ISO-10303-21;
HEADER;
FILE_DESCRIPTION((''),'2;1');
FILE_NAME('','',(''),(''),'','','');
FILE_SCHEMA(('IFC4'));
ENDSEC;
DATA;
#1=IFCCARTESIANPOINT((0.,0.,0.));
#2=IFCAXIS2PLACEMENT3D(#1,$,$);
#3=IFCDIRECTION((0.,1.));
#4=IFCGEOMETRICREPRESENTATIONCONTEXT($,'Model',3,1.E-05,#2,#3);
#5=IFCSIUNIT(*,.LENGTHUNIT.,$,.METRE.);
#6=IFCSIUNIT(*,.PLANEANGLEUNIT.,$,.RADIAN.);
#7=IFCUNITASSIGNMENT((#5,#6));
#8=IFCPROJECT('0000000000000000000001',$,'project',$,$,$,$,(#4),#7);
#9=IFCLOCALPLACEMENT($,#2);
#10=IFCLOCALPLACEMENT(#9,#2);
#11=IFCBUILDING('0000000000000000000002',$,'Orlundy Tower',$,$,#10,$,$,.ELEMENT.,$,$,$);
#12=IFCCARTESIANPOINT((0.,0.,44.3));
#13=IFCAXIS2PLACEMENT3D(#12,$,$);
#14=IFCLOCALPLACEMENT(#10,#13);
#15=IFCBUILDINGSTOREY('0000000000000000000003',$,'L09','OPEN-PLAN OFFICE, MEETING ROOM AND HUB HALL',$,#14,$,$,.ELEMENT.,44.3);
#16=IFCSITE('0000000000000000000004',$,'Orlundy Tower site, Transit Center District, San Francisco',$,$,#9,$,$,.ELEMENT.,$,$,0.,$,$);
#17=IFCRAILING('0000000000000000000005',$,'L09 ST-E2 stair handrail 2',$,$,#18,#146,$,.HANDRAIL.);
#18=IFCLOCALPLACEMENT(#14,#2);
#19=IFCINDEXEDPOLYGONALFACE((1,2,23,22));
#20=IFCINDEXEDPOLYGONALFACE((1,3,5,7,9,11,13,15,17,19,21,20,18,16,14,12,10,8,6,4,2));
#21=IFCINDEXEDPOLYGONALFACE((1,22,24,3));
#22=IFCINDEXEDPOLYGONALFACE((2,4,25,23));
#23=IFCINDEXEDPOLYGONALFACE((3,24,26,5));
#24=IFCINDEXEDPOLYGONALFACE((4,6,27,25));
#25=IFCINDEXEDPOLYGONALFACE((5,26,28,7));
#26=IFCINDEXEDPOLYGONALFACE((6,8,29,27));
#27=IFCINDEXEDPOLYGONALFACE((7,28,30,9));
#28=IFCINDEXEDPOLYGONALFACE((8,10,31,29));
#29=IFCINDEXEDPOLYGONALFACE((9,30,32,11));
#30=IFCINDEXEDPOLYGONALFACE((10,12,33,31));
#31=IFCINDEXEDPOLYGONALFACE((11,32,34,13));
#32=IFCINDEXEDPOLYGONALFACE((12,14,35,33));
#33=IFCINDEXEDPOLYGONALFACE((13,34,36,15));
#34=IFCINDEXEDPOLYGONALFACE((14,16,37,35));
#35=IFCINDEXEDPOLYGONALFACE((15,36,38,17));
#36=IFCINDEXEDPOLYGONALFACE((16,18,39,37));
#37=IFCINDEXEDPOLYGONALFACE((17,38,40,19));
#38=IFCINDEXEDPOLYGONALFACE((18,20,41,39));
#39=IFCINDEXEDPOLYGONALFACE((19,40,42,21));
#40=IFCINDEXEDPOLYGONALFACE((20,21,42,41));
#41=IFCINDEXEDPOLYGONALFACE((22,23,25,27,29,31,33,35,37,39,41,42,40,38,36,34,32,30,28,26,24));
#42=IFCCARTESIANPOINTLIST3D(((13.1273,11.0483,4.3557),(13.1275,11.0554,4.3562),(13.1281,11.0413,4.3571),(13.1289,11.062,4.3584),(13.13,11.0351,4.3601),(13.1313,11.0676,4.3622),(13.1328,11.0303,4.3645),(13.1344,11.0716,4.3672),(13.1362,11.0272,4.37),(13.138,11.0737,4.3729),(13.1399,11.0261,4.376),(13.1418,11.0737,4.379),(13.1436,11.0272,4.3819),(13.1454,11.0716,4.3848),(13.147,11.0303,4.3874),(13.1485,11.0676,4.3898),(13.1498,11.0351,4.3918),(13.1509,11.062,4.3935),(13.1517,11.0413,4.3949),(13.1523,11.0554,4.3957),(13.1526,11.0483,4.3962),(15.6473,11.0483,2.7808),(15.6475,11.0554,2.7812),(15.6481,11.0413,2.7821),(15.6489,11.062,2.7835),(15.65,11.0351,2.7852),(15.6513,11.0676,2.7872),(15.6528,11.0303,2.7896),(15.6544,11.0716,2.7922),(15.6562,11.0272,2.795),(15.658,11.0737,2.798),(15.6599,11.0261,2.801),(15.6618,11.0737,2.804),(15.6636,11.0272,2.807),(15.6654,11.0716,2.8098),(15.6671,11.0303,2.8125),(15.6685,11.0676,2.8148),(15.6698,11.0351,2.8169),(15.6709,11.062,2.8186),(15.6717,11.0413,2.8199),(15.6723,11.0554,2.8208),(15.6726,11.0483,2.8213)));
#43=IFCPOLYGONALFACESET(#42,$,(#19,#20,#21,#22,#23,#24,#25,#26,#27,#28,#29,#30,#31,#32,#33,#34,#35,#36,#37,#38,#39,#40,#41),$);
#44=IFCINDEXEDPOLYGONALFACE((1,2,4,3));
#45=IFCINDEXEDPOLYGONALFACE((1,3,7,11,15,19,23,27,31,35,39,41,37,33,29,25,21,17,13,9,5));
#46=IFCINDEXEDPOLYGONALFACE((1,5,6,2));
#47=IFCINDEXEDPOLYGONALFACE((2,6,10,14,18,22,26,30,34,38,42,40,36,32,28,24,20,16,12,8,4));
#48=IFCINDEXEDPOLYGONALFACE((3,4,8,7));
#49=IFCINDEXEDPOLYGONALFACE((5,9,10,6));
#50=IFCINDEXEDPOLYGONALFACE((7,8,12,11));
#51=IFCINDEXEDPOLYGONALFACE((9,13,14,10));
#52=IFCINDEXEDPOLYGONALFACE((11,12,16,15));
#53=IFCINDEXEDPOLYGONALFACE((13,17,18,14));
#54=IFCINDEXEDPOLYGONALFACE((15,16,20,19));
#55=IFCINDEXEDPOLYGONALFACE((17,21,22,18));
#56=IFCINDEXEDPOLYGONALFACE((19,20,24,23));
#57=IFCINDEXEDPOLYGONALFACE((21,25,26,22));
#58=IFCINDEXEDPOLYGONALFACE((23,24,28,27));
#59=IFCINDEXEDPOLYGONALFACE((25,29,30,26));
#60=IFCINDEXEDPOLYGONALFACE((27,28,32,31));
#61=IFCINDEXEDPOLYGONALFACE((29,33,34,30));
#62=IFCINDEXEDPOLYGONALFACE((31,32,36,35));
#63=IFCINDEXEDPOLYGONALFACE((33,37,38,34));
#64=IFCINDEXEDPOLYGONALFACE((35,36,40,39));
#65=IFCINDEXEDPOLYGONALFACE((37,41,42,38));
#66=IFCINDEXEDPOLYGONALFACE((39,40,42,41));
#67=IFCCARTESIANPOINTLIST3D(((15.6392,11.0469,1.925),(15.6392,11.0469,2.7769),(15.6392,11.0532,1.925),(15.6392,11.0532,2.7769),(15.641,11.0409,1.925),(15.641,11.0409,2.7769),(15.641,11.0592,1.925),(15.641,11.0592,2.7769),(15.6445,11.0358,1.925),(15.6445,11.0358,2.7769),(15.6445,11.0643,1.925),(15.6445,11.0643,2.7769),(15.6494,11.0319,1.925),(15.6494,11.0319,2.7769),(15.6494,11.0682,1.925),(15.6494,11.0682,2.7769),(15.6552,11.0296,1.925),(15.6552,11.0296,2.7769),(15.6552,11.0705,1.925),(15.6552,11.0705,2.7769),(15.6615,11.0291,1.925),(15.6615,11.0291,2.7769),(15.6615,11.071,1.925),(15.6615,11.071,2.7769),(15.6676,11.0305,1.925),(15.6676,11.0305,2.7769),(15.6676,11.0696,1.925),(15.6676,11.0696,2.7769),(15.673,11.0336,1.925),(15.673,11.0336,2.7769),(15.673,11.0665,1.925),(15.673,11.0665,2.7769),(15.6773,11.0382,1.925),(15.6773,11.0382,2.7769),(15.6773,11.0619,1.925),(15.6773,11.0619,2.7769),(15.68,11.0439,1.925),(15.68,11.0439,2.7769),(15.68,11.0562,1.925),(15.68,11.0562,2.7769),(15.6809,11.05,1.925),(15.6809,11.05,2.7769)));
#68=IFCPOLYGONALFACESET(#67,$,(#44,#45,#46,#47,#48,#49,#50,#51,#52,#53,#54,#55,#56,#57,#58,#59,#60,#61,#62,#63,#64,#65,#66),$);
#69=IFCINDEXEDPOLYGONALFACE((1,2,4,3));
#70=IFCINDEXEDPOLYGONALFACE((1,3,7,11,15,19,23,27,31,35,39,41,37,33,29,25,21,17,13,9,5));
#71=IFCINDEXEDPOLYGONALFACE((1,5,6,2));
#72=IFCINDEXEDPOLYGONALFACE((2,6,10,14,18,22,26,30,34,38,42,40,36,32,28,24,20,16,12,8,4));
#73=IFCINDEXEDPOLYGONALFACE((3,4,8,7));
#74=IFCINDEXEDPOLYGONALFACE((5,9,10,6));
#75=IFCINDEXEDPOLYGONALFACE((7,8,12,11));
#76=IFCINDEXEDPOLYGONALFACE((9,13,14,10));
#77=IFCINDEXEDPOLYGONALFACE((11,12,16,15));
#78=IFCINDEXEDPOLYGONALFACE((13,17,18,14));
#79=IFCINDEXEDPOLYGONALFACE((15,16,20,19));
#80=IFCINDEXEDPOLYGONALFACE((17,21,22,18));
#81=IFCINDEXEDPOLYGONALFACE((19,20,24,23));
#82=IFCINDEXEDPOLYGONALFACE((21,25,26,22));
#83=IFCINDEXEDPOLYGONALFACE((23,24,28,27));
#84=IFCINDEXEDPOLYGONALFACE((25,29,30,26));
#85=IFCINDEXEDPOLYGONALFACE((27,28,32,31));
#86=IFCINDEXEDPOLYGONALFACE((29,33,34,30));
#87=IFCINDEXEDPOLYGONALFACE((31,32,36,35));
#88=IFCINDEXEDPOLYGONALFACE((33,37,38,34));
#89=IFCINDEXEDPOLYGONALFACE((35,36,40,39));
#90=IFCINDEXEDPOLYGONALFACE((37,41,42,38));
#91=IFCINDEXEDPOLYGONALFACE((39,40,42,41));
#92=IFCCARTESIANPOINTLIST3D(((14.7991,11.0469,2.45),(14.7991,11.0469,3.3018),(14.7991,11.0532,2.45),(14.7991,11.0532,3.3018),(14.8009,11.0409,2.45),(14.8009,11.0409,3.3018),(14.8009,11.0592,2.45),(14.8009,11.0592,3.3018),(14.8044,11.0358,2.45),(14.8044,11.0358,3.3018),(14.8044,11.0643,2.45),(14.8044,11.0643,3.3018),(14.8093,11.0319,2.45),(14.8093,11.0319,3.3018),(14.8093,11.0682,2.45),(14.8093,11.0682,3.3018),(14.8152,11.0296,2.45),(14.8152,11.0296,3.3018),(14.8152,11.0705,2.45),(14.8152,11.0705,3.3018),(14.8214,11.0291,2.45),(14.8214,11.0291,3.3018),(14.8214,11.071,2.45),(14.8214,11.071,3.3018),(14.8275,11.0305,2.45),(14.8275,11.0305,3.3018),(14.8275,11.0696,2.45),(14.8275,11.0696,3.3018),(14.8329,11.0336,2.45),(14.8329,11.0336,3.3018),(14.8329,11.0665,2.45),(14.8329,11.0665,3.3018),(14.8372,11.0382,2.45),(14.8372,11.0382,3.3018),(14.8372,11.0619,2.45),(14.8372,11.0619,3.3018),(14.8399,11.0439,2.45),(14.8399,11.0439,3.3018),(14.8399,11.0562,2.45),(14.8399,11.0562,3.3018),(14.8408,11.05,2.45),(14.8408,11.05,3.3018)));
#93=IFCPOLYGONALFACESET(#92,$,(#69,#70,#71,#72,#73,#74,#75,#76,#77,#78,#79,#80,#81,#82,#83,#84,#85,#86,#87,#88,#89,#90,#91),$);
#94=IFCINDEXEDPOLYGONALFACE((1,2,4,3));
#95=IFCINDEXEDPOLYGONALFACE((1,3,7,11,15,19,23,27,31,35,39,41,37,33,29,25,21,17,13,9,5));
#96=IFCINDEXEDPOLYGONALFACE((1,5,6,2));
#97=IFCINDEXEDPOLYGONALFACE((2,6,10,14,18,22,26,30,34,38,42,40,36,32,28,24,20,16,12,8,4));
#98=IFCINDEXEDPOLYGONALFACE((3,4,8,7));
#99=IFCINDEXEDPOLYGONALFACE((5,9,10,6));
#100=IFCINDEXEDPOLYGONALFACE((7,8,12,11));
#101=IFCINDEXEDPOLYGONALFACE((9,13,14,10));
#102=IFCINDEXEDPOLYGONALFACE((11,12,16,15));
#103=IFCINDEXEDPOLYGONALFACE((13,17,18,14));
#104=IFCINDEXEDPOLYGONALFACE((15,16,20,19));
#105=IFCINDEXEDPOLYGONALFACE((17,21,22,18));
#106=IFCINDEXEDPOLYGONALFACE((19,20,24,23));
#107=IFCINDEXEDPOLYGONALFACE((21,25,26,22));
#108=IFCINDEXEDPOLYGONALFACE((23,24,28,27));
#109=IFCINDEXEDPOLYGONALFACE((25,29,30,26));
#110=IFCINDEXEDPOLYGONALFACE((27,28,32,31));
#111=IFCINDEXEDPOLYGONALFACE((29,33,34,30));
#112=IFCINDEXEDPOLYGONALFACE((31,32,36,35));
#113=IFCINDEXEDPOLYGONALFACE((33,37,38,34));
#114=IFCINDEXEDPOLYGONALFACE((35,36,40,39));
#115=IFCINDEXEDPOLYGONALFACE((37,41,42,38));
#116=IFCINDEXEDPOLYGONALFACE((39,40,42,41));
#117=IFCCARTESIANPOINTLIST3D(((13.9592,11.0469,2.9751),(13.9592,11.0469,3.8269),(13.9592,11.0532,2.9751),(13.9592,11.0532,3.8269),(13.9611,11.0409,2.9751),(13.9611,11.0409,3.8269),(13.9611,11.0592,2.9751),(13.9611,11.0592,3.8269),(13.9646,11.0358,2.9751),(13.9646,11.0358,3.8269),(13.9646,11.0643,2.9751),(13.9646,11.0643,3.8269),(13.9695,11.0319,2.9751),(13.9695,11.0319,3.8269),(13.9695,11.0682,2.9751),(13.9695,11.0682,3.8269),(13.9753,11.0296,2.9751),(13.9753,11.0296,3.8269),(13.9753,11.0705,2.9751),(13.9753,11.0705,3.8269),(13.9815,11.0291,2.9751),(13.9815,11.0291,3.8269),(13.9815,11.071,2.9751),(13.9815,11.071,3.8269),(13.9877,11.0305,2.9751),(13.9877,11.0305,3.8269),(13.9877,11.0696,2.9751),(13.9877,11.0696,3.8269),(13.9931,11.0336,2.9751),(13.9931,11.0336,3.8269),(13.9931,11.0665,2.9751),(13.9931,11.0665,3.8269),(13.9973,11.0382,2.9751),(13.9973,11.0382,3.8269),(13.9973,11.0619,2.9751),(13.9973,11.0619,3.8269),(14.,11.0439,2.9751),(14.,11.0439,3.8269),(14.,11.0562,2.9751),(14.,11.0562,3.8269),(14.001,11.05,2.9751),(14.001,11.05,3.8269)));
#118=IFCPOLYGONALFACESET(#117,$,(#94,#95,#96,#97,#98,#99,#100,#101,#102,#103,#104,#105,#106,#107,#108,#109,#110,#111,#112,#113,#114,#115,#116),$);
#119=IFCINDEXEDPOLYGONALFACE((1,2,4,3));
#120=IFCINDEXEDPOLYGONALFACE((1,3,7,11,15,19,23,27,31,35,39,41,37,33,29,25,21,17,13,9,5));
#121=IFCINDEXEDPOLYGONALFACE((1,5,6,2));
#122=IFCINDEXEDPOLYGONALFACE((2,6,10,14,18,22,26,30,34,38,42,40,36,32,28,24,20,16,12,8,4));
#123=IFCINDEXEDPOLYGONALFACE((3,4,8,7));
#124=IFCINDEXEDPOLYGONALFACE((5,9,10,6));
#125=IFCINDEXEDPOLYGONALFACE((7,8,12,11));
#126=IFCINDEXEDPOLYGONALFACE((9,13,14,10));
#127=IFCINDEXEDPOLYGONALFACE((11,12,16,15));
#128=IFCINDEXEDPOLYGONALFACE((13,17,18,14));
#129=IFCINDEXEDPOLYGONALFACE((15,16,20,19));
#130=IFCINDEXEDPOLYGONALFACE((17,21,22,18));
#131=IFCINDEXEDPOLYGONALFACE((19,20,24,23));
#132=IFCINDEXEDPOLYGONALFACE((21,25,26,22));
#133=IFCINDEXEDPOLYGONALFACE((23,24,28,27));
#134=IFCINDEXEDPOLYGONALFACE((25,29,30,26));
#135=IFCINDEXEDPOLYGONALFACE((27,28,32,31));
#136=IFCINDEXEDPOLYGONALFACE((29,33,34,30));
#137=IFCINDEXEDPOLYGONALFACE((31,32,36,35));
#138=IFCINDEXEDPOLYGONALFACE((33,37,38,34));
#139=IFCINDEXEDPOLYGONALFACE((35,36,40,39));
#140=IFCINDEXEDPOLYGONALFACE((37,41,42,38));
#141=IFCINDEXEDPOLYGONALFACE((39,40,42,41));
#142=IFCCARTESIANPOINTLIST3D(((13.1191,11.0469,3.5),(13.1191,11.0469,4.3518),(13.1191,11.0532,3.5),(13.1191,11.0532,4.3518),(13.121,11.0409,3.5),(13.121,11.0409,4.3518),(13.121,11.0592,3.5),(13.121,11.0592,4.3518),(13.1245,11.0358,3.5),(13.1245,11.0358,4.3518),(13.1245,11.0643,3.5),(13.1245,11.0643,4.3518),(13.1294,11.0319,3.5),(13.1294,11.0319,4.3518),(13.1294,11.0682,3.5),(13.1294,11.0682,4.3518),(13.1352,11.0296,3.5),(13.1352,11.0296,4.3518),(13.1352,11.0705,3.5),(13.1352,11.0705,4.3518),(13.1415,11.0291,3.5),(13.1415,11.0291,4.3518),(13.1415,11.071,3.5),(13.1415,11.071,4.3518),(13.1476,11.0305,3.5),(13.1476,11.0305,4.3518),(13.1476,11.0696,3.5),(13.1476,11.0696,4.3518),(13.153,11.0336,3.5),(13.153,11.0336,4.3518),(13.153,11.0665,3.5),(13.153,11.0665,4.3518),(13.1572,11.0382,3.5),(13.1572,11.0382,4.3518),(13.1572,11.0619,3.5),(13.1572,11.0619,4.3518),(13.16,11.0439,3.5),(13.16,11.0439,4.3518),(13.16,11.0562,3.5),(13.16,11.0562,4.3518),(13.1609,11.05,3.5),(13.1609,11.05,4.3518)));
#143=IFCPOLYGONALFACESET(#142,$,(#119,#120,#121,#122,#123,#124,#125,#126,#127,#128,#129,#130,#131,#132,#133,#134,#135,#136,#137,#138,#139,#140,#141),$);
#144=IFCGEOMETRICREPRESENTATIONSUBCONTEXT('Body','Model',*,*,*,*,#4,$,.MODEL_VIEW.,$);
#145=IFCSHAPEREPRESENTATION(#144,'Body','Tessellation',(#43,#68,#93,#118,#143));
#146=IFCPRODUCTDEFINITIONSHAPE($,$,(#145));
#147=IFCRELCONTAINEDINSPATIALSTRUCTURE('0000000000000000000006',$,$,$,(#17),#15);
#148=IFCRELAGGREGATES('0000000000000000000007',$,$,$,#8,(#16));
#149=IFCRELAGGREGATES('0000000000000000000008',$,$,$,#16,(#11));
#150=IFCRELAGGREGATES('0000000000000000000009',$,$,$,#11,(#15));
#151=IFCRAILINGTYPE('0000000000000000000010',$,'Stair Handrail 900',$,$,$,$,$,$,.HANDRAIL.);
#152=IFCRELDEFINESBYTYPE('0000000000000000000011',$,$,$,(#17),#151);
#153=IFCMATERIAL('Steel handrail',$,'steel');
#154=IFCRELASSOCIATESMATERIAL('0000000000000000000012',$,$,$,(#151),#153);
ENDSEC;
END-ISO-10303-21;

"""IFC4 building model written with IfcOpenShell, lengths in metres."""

from ifc_helpers import new_model, si_unit, direction, frame, origin, origin_2d, place, context, subcontext, project, spatial, circle, extrude, material, type_object, element, save


model = new_model("IFC4")

# Units and contexts
model_context = context("Model", 3, precision=1e-05, world=origin(), true_north=direction((0.0, 1.0)))
body_context = subcontext(model_context, "Body", "Model", "MODEL_VIEW")
ifc_project = project(units=[si_unit("LENGTHUNIT", "METRE"), si_unit("PLANEANGLEUNIT", "RADIAN")], contexts=[model_context])

# Site, building, storey
site_placement = place(None, origin())
site = spatial("IfcSite", under=ifc_project, at=site_placement, Name="Orlundy Tower site, Transit Center District, San Francisco", CompositionType="ELEMENT", RefElevation=0.0)
building_placement = place(site_placement, origin())
building = spatial("IfcBuilding", under=site, at=building_placement, Name="Orlundy Tower", CompositionType="ELEMENT")
storey_placement = place(building_placement, frame((0.0, 0.0, 44.3)))
storey = spatial("IfcBuildingStorey", under=building, at=storey_placement, Name="L09", Description="OPEN-PLAN OFFICE, MEETING ROOM AND HUB HALL", CompositionType="ELEMENT", Elevation=44.3)

# Railing
ifc_material_1 = material(Name="Steel handrail", Category="steel")
railing_type_1 = type_object("IfcRailingType", Name="Stair Handrail 900", PredefinedType="HANDRAIL", material=ifc_material_1)
railing_1_placement = place(storey_placement, frame((15.6599, 11.05, 1.925)))
element("IfcRailing", 1, at=railing_1_placement, inside=storey, type_object=railing_type_1, Name="L09 ST-E2 stair handrail 2", PredefinedType="HANDRAIL", context=body_context, shape_type="SweptSolid", body=[
    extrude(circle(Radius=0.0239, at=origin_2d()), frame((0.0, 0.0, 0.876), z_axis=(-0.848008, 0.0, 0.529984), x_axis=(0.0, -1.0, 0.0)), (0.0, 0.0, 1.0), 2.9717),
    extrude(circle(Radius=0.021, at=origin_2d()), origin(), (0.0, 0.0, 1.0), 0.8518),
    extrude(circle(Radius=0.021, at=origin_2d()), frame((-0.8401, 0.0, 0.5249)), (0.0, 0.0, 1.0), 0.8518),
    extrude(circle(Radius=0.021, at=origin_2d()), frame((-1.6799, 0.0, 1.05)), (0.0, 0.0, 1.0), 0.8518),
    extrude(circle(Radius=0.021, at=origin_2d()), frame((-2.52, 0.0, 1.575)), (0.0, 0.0, 1.0), 0.8518),
])

save(model, "model.ifc")
